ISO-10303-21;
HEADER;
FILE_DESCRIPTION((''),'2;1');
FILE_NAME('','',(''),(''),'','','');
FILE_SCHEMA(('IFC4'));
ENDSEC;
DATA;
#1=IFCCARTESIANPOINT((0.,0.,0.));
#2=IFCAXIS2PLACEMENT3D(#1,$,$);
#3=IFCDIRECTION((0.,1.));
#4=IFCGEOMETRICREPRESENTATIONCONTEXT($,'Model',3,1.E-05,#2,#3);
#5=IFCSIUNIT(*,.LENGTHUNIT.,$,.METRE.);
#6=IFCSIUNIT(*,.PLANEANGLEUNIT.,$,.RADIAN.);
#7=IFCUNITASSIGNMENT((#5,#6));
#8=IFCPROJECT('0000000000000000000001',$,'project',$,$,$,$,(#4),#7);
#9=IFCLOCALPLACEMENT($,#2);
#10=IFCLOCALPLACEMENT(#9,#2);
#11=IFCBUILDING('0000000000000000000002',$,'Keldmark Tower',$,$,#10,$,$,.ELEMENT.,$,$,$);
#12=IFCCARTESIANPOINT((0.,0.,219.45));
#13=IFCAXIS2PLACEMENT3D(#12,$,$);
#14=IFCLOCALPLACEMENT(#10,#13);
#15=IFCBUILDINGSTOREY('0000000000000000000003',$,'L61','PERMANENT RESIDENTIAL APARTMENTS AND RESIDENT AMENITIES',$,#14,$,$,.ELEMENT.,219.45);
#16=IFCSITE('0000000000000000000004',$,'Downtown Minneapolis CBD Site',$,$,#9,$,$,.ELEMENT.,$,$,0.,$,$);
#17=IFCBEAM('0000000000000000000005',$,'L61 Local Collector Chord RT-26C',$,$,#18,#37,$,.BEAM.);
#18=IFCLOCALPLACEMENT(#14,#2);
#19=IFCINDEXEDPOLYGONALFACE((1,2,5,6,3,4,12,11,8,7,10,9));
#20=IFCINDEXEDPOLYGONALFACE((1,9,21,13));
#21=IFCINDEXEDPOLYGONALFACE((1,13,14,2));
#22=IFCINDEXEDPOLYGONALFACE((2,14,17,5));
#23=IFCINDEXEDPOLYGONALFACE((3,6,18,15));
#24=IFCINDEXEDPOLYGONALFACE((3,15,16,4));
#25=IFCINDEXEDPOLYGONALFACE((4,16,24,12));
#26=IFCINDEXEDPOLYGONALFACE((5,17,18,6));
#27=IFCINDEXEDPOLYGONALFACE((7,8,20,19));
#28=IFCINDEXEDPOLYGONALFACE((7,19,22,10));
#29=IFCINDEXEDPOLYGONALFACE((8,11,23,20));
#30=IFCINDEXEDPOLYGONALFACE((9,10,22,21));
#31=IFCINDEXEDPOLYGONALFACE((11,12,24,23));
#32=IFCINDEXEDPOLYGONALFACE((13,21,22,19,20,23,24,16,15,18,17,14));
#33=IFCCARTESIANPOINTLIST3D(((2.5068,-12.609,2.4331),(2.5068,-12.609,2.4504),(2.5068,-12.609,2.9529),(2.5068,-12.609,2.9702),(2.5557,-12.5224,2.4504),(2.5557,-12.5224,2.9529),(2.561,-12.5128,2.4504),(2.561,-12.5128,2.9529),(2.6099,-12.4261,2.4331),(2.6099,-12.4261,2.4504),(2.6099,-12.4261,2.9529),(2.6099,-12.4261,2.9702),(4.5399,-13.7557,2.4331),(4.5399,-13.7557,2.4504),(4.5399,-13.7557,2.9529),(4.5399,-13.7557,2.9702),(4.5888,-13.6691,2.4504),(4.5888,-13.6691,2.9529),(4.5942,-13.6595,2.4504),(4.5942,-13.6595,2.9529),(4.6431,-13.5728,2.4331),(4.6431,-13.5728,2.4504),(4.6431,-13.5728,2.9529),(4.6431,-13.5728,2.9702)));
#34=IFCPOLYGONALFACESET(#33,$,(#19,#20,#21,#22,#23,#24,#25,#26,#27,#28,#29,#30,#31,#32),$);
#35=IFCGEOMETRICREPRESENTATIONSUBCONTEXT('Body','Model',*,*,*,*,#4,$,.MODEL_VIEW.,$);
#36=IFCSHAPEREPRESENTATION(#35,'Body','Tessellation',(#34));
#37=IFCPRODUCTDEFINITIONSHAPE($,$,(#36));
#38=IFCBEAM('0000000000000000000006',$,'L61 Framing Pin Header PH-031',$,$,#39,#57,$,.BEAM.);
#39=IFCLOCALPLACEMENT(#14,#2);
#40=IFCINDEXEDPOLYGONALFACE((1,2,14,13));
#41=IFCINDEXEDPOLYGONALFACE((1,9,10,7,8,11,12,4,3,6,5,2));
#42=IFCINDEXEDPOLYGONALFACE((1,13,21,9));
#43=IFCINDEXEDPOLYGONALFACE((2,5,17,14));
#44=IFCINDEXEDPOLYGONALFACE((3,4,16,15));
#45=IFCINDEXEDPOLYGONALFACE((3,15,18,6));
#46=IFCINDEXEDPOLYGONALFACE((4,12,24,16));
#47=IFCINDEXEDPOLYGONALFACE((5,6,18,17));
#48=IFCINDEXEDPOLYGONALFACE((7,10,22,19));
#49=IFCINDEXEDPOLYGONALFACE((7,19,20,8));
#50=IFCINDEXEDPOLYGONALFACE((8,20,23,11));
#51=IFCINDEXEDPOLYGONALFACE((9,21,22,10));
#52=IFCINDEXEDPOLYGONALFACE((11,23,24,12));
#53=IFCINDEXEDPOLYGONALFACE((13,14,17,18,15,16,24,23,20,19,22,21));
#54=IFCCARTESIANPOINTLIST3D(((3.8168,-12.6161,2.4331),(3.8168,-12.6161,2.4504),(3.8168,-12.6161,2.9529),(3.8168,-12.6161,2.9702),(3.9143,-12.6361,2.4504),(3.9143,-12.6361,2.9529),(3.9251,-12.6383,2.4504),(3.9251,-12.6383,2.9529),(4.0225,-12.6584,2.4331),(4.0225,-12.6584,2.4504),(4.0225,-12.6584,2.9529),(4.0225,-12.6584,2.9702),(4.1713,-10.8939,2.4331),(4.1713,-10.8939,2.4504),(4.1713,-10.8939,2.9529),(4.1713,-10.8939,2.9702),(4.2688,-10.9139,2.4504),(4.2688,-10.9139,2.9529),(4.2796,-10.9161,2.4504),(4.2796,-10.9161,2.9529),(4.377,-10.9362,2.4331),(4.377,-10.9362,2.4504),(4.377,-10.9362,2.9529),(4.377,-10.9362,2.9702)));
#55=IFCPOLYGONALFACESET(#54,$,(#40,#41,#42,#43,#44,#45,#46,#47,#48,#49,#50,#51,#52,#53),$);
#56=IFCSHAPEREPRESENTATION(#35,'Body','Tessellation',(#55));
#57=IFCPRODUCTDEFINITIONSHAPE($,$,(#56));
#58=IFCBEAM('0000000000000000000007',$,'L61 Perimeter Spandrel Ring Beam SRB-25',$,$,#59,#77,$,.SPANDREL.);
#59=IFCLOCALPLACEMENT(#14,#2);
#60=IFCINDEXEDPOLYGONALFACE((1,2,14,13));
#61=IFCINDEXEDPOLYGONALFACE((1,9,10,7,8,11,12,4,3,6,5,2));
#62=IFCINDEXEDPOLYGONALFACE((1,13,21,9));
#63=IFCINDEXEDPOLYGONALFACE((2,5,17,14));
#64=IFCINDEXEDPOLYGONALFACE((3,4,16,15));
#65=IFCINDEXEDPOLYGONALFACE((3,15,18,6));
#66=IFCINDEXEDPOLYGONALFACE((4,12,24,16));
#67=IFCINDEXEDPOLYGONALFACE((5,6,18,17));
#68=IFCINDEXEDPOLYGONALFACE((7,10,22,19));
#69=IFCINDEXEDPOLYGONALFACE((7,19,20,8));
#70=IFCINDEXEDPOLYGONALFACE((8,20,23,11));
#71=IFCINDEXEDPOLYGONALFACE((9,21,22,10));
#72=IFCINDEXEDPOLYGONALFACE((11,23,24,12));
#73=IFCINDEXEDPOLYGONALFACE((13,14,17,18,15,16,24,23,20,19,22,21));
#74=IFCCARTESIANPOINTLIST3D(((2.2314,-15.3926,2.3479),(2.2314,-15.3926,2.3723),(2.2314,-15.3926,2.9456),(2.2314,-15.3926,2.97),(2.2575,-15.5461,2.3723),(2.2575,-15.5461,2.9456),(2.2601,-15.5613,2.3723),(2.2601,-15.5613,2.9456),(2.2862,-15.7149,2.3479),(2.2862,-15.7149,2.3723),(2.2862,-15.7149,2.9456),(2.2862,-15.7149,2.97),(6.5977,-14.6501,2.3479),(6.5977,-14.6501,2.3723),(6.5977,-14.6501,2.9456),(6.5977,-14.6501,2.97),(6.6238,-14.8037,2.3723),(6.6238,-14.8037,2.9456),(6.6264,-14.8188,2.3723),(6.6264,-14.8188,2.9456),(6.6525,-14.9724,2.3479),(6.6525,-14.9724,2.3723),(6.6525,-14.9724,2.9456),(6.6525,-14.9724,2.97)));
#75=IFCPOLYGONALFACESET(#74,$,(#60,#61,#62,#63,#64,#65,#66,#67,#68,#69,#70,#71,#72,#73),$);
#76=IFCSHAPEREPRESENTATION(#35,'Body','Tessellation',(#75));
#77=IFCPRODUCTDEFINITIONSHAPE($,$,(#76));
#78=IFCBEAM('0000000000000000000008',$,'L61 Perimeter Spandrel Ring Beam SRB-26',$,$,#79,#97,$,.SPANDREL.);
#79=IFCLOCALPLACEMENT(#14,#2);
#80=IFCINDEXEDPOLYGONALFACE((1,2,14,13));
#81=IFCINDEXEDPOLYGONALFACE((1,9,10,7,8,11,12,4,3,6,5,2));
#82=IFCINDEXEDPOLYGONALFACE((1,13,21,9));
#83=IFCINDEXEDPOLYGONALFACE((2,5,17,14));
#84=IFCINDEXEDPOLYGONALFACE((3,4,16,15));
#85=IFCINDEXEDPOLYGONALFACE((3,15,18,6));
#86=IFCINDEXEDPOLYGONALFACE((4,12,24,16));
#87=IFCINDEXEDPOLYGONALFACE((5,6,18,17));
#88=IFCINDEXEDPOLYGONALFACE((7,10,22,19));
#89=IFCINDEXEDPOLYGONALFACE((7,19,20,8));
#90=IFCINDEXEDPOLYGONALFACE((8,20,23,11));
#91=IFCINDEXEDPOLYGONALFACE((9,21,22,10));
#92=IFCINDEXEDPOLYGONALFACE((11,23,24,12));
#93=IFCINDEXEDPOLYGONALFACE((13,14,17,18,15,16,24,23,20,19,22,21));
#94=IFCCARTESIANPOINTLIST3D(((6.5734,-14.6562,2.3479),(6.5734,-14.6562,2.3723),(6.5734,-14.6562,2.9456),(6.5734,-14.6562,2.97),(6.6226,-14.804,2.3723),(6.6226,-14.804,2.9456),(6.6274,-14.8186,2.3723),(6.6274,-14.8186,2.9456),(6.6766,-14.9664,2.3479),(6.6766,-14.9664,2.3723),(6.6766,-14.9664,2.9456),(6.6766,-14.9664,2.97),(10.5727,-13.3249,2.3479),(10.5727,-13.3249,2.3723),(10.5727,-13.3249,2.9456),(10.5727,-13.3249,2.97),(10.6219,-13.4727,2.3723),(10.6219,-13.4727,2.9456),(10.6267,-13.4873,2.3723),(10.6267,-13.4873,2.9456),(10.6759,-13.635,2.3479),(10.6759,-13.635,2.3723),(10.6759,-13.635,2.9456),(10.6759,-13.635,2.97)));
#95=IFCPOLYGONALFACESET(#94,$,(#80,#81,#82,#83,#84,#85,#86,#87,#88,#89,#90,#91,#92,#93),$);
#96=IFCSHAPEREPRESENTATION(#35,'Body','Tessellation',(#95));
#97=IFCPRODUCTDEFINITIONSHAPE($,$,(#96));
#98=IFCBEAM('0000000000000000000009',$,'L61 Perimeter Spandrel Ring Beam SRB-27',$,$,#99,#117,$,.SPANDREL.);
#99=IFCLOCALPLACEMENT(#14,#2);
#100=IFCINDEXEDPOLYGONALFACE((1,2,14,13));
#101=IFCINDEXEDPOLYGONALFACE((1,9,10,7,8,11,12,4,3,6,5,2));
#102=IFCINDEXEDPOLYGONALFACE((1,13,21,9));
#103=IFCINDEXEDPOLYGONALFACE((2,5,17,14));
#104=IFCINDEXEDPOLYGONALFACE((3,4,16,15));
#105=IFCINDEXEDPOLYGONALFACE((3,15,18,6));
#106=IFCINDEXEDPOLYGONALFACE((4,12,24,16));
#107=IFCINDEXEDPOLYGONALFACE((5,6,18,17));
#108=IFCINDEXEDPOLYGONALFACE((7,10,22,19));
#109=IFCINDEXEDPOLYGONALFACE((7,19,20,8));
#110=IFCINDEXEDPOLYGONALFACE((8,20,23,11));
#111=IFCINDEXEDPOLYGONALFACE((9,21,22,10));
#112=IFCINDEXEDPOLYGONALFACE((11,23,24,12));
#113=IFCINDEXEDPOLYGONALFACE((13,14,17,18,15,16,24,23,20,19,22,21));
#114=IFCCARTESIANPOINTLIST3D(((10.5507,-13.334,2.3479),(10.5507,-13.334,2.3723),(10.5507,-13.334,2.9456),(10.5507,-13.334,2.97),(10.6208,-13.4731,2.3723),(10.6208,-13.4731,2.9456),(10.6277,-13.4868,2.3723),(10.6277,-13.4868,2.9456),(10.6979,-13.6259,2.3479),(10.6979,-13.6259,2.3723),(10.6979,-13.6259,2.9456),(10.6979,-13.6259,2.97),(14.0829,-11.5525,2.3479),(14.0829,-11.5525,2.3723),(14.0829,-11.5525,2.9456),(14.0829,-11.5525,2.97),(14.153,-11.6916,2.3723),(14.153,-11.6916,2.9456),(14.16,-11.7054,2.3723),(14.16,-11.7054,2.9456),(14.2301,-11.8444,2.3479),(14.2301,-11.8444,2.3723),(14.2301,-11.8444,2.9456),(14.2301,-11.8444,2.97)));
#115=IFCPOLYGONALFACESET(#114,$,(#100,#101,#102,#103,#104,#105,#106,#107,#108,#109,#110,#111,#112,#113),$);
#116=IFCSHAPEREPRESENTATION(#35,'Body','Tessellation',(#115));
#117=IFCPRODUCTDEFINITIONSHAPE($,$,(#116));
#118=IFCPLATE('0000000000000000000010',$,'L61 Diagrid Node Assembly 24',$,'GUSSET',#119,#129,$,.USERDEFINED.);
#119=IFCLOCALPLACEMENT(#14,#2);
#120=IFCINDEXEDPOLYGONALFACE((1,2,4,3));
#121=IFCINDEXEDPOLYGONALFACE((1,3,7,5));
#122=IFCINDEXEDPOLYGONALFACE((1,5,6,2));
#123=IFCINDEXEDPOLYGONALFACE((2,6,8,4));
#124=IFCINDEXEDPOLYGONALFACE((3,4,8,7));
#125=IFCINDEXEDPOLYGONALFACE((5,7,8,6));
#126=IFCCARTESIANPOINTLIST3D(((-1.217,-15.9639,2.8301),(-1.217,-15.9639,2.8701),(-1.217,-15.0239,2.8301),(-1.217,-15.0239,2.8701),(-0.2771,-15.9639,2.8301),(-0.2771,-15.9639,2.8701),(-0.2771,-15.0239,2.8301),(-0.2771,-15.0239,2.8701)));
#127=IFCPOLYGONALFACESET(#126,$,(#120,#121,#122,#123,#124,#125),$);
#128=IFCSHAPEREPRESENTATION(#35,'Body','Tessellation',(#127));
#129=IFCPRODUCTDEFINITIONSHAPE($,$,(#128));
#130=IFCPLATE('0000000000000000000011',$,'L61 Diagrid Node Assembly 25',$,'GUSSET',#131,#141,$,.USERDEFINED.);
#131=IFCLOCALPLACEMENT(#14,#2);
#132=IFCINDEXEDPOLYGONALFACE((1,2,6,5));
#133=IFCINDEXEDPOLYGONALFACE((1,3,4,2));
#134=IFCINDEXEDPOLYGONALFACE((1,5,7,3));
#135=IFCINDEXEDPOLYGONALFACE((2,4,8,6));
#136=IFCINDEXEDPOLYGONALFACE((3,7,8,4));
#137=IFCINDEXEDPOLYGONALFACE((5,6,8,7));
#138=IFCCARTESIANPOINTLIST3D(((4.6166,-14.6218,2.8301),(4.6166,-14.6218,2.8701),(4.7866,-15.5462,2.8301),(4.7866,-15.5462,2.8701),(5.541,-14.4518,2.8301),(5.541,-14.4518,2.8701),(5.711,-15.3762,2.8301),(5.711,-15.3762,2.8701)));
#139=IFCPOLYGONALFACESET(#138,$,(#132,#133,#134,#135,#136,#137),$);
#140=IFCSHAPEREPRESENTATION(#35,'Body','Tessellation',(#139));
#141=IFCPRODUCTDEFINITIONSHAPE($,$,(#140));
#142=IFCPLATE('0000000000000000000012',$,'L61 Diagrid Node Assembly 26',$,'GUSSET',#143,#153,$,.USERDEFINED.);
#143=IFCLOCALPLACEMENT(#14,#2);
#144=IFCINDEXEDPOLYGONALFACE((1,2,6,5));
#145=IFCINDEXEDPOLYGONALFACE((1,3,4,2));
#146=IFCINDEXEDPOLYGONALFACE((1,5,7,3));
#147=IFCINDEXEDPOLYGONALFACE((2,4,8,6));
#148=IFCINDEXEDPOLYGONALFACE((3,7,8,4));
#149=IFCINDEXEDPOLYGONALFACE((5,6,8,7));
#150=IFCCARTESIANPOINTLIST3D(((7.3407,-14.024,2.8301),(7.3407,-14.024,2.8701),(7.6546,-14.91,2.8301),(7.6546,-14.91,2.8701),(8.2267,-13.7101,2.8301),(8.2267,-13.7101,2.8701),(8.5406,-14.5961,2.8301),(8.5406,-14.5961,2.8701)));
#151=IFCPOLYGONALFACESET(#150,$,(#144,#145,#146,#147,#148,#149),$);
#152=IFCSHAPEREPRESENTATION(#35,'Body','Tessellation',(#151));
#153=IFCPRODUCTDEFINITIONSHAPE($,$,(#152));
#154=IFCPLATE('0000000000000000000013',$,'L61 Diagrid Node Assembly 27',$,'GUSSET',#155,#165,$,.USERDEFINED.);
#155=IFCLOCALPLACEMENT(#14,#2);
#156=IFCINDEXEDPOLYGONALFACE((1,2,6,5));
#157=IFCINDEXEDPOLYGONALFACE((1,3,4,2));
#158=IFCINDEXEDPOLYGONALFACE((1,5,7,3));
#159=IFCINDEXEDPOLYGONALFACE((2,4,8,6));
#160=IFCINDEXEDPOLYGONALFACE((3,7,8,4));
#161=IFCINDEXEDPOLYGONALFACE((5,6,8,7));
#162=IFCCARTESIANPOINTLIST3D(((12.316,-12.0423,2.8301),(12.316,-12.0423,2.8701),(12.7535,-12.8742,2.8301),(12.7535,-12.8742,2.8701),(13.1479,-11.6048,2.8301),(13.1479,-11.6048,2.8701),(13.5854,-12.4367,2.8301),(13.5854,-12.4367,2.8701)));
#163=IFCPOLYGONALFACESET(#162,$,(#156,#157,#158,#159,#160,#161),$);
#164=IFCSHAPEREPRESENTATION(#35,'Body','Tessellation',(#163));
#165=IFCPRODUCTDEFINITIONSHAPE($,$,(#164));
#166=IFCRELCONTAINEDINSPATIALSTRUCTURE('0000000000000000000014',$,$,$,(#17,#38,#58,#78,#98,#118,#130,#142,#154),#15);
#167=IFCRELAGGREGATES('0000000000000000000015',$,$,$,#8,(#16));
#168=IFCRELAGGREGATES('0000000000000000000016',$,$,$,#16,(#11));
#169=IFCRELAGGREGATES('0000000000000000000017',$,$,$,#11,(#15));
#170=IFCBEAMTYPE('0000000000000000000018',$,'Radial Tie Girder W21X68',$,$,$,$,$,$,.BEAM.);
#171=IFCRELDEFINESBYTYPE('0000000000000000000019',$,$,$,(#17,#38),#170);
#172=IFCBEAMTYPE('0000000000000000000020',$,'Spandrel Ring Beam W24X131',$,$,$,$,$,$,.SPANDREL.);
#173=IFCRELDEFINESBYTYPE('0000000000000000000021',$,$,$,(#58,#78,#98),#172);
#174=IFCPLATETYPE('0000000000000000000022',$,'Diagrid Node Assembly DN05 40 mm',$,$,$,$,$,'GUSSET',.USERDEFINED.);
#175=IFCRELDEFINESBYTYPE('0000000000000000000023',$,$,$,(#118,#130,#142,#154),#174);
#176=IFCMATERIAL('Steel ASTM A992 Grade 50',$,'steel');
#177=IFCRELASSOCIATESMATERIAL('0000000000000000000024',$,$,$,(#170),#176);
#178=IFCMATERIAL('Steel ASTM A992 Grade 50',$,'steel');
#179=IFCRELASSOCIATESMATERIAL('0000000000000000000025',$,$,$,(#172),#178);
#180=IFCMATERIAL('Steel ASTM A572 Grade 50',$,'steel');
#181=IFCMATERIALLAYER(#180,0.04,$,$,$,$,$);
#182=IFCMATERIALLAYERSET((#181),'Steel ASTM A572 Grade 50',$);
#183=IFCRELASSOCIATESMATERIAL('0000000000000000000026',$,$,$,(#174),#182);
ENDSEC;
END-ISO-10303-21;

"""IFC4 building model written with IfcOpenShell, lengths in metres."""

from ifc_helpers import new_model, si_unit, direction, frame, origin, origin_2d, place, context, subcontext, project, spatial, rectangle, i_section, extrude, material, layer, layer_set, material_profile, profile_set, type_object, element, save


model = new_model("IFC4")

# Units and contexts
model_context = context("Model", 3, precision=1e-05, world=origin(), true_north=direction((0.0, 1.0)))
body_context = subcontext(model_context, "Body", "Model", "MODEL_VIEW")
ifc_project = project(units=[si_unit("LENGTHUNIT", "METRE"), si_unit("PLANEANGLEUNIT", "RADIAN")], contexts=[model_context])

# Site, building, storey
site_placement = place(None, origin())
site = spatial("IfcSite", under=ifc_project, at=site_placement, Name="Downtown Minneapolis CBD Site", CompositionType="ELEMENT", RefElevation=0.0)
building_placement = place(site_placement, origin())
building = spatial("IfcBuilding", under=site, at=building_placement, Name="Keldmark Tower", CompositionType="ELEMENT")
storey_placement = place(building_placement, frame((0.0, 0.0, 219.45)))
storey = spatial("IfcBuildingStorey", under=building, at=storey_placement, Name="L61", Description="PERMANENT RESIDENTIAL APARTMENTS AND RESIDENT AMENITIES", CompositionType="ELEMENT", Elevation=219.45)

# Beams
ifc_material_1 = material(Name="Steel ASTM A992 Grade 50", Category="steel")
ifc_material_profile_1 = material_profile(ifc_material_1, i_section(OverallWidth=0.21, OverallDepth=0.5371, WebThickness=0.011, FlangeThickness=0.0173, at=origin_2d()), Name="W21X68")
ifc_profile_set_1 = profile_set([ifc_material_profile_1], Name="Steel ASTM A992 Grade 50")
beam_type_1 = type_object("IfcBeamType", Name="Radial Tie Girder W21X68", PredefinedType="BEAM", material=ifc_profile_set_1)
beam_1_placement = place(storey_placement, frame((2.5583, -12.5176, 2.7017), z_axis=(0.871016, -0.491254, 0.0), x_axis=(0.491254, 0.871016, 0.0)))
element("IfcBeam", 1, at=beam_1_placement, inside=storey, type_object=beam_type_1, Name="L61 Local Collector Chord RT-26C", PredefinedType="BEAM", context=body_context, shape_type="SweptSolid", body=[
    extrude(i_section(OverallWidth=0.21, OverallDepth=0.5371, WebThickness=0.011, FlangeThickness=0.0173, at=origin_2d()), origin(), (0.0, 0.0, 1.0), 2.3342),
])
beam_2_placement = place(storey_placement, frame((4.2742, -10.915, 2.7017), z_axis=(-0.201614, -0.979465, 0.0), x_axis=(0.979465, -0.201614, 0.0)))
element("IfcBeam", 2, at=beam_2_placement, inside=storey, type_object=beam_type_1, Name="L61 Framing Pin Header PH-031", PredefinedType="BEAM", context=body_context, shape_type="SweptSolid", body=[
    extrude(i_section(OverallWidth=0.21, OverallDepth=0.5371, WebThickness=0.011, FlangeThickness=0.0173, at=origin_2d()), origin(), (0.0, 0.0, 1.0), 1.7583),
])
ifc_material_2 = material(Name="Steel ASTM A992 Grade 50", Category="steel")
ifc_material_profile_2 = material_profile(ifc_material_2, i_section(OverallWidth=0.3269, OverallDepth=0.6221, WebThickness=0.0154, FlangeThickness=0.0244, at=origin_2d()), Name="W24X131")
ifc_profile_set_2 = profile_set([ifc_material_profile_2], Name="Steel ASTM A992 Grade 50")
beam_type_2 = type_object("IfcBeamType", Name="Spandrel Ring Beam W24X131", PredefinedType="SPANDREL", material=ifc_profile_set_2)
beam_3_placement = place(storey_placement, frame((2.2588, -15.5537, 2.6589), z_axis=(0.985849, 0.167634, 0.0), x_axis=(-0.167634, 0.985849, 0.0)))
element("IfcBeam", 3, at=beam_3_placement, inside=storey, type_object=beam_type_2, Name="L61 Perimeter Spandrel Ring Beam SRB-25", PredefinedType="SPANDREL", context=body_context, shape_type="SweptSolid", body=[
    extrude(i_section(OverallWidth=0.3269, OverallDepth=0.6221, WebThickness=0.0154, FlangeThickness=0.0244, at=origin_2d()), origin(), (0.0, 0.0, 1.0), 4.429),
])
beam_4_placement = place(storey_placement, frame((6.625, -14.8113, 2.6589), z_axis=(0.948811, 0.315845, 0.0), x_axis=(-0.315845, 0.948811, 0.0)))
element("IfcBeam", 4, at=beam_4_placement, inside=storey, type_object=beam_type_2, Name="L61 Perimeter Spandrel Ring Beam SRB-26", PredefinedType="SPANDREL", context=body_context, shape_type="SweptSolid", body=[
    extrude(i_section(OverallWidth=0.3269, OverallDepth=0.6221, WebThickness=0.0154, FlangeThickness=0.0244, at=origin_2d()), origin(), (0.0, 0.0, 1.0), 4.2151),
])
beam_5_placement = place(storey_placement, frame((10.6243, -13.48, 2.6589), z_axis=(0.892867, 0.450321, 0.0), x_axis=(-0.450321, 0.892867, 0.0)))
element("IfcBeam", 5, at=beam_5_placement, inside=storey, type_object=beam_type_2, Name="L61 Perimeter Spandrel Ring Beam SRB-27", PredefinedType="SPANDREL", context=body_context, shape_type="SweptSolid", body=[
    extrude(i_section(OverallWidth=0.3269, OverallDepth=0.6221, WebThickness=0.0154, FlangeThickness=0.0244, at=origin_2d()), origin(), (0.0, 0.0, 1.0), 3.9561),
])

# Plates
ifc_material_3 = material(Name="Steel ASTM A572 Grade 50", Category="steel")
ifc_layer_1 = layer(ifc_material_3, 0.04)
ifc_layer_set_1 = layer_set([ifc_layer_1], Name="Steel ASTM A572 Grade 50")
plate_type = type_object("IfcPlateType", Name="Diagrid Node Assembly DN05 40 mm", ElementType="GUSSET", PredefinedType="USERDEFINED", material=ifc_layer_set_1)
for number, where, z_axis, x_axis, name in (
    (6, (-0.7471, -15.4939, 2.8301), (0.0, 0.0, 1.0), (1.0, 0.0, 0.0), "L61 Diagrid Node Assembly 24"),
    (7, (5.1638, -14.999, 2.8301), (0.0, 0.0, 1.0), (0.983508, 0.180862, 0.0), "L61 Diagrid Node Assembly 25"),
    (8, (7.9407, -14.3101, 2.8301), (0.0, 0.0, 1.0), (0.942583, 0.333971, 0.0), "L61 Diagrid Node Assembly 26"),
    (9, (12.9507, -12.2395, 2.8301), (0.0, 0.0, 1.0), (0.885069, 0.46546, 0.0), "L61 Diagrid Node Assembly 27"),
):
    element("IfcPlate", number, at=place(storey_placement, frame(where, z_axis=z_axis, x_axis=x_axis)), inside=storey, type_object=plate_type, Name=name, ObjectType="GUSSET", PredefinedType="USERDEFINED", context=body_context, shape_type="SweptSolid", body=[
        extrude(rectangle(XDim=0.9399, YDim=0.9399, at=origin_2d()), origin(), (0.0, 0.0, 1.0), 0.04),
    ])

save(model, "model.ifc")
